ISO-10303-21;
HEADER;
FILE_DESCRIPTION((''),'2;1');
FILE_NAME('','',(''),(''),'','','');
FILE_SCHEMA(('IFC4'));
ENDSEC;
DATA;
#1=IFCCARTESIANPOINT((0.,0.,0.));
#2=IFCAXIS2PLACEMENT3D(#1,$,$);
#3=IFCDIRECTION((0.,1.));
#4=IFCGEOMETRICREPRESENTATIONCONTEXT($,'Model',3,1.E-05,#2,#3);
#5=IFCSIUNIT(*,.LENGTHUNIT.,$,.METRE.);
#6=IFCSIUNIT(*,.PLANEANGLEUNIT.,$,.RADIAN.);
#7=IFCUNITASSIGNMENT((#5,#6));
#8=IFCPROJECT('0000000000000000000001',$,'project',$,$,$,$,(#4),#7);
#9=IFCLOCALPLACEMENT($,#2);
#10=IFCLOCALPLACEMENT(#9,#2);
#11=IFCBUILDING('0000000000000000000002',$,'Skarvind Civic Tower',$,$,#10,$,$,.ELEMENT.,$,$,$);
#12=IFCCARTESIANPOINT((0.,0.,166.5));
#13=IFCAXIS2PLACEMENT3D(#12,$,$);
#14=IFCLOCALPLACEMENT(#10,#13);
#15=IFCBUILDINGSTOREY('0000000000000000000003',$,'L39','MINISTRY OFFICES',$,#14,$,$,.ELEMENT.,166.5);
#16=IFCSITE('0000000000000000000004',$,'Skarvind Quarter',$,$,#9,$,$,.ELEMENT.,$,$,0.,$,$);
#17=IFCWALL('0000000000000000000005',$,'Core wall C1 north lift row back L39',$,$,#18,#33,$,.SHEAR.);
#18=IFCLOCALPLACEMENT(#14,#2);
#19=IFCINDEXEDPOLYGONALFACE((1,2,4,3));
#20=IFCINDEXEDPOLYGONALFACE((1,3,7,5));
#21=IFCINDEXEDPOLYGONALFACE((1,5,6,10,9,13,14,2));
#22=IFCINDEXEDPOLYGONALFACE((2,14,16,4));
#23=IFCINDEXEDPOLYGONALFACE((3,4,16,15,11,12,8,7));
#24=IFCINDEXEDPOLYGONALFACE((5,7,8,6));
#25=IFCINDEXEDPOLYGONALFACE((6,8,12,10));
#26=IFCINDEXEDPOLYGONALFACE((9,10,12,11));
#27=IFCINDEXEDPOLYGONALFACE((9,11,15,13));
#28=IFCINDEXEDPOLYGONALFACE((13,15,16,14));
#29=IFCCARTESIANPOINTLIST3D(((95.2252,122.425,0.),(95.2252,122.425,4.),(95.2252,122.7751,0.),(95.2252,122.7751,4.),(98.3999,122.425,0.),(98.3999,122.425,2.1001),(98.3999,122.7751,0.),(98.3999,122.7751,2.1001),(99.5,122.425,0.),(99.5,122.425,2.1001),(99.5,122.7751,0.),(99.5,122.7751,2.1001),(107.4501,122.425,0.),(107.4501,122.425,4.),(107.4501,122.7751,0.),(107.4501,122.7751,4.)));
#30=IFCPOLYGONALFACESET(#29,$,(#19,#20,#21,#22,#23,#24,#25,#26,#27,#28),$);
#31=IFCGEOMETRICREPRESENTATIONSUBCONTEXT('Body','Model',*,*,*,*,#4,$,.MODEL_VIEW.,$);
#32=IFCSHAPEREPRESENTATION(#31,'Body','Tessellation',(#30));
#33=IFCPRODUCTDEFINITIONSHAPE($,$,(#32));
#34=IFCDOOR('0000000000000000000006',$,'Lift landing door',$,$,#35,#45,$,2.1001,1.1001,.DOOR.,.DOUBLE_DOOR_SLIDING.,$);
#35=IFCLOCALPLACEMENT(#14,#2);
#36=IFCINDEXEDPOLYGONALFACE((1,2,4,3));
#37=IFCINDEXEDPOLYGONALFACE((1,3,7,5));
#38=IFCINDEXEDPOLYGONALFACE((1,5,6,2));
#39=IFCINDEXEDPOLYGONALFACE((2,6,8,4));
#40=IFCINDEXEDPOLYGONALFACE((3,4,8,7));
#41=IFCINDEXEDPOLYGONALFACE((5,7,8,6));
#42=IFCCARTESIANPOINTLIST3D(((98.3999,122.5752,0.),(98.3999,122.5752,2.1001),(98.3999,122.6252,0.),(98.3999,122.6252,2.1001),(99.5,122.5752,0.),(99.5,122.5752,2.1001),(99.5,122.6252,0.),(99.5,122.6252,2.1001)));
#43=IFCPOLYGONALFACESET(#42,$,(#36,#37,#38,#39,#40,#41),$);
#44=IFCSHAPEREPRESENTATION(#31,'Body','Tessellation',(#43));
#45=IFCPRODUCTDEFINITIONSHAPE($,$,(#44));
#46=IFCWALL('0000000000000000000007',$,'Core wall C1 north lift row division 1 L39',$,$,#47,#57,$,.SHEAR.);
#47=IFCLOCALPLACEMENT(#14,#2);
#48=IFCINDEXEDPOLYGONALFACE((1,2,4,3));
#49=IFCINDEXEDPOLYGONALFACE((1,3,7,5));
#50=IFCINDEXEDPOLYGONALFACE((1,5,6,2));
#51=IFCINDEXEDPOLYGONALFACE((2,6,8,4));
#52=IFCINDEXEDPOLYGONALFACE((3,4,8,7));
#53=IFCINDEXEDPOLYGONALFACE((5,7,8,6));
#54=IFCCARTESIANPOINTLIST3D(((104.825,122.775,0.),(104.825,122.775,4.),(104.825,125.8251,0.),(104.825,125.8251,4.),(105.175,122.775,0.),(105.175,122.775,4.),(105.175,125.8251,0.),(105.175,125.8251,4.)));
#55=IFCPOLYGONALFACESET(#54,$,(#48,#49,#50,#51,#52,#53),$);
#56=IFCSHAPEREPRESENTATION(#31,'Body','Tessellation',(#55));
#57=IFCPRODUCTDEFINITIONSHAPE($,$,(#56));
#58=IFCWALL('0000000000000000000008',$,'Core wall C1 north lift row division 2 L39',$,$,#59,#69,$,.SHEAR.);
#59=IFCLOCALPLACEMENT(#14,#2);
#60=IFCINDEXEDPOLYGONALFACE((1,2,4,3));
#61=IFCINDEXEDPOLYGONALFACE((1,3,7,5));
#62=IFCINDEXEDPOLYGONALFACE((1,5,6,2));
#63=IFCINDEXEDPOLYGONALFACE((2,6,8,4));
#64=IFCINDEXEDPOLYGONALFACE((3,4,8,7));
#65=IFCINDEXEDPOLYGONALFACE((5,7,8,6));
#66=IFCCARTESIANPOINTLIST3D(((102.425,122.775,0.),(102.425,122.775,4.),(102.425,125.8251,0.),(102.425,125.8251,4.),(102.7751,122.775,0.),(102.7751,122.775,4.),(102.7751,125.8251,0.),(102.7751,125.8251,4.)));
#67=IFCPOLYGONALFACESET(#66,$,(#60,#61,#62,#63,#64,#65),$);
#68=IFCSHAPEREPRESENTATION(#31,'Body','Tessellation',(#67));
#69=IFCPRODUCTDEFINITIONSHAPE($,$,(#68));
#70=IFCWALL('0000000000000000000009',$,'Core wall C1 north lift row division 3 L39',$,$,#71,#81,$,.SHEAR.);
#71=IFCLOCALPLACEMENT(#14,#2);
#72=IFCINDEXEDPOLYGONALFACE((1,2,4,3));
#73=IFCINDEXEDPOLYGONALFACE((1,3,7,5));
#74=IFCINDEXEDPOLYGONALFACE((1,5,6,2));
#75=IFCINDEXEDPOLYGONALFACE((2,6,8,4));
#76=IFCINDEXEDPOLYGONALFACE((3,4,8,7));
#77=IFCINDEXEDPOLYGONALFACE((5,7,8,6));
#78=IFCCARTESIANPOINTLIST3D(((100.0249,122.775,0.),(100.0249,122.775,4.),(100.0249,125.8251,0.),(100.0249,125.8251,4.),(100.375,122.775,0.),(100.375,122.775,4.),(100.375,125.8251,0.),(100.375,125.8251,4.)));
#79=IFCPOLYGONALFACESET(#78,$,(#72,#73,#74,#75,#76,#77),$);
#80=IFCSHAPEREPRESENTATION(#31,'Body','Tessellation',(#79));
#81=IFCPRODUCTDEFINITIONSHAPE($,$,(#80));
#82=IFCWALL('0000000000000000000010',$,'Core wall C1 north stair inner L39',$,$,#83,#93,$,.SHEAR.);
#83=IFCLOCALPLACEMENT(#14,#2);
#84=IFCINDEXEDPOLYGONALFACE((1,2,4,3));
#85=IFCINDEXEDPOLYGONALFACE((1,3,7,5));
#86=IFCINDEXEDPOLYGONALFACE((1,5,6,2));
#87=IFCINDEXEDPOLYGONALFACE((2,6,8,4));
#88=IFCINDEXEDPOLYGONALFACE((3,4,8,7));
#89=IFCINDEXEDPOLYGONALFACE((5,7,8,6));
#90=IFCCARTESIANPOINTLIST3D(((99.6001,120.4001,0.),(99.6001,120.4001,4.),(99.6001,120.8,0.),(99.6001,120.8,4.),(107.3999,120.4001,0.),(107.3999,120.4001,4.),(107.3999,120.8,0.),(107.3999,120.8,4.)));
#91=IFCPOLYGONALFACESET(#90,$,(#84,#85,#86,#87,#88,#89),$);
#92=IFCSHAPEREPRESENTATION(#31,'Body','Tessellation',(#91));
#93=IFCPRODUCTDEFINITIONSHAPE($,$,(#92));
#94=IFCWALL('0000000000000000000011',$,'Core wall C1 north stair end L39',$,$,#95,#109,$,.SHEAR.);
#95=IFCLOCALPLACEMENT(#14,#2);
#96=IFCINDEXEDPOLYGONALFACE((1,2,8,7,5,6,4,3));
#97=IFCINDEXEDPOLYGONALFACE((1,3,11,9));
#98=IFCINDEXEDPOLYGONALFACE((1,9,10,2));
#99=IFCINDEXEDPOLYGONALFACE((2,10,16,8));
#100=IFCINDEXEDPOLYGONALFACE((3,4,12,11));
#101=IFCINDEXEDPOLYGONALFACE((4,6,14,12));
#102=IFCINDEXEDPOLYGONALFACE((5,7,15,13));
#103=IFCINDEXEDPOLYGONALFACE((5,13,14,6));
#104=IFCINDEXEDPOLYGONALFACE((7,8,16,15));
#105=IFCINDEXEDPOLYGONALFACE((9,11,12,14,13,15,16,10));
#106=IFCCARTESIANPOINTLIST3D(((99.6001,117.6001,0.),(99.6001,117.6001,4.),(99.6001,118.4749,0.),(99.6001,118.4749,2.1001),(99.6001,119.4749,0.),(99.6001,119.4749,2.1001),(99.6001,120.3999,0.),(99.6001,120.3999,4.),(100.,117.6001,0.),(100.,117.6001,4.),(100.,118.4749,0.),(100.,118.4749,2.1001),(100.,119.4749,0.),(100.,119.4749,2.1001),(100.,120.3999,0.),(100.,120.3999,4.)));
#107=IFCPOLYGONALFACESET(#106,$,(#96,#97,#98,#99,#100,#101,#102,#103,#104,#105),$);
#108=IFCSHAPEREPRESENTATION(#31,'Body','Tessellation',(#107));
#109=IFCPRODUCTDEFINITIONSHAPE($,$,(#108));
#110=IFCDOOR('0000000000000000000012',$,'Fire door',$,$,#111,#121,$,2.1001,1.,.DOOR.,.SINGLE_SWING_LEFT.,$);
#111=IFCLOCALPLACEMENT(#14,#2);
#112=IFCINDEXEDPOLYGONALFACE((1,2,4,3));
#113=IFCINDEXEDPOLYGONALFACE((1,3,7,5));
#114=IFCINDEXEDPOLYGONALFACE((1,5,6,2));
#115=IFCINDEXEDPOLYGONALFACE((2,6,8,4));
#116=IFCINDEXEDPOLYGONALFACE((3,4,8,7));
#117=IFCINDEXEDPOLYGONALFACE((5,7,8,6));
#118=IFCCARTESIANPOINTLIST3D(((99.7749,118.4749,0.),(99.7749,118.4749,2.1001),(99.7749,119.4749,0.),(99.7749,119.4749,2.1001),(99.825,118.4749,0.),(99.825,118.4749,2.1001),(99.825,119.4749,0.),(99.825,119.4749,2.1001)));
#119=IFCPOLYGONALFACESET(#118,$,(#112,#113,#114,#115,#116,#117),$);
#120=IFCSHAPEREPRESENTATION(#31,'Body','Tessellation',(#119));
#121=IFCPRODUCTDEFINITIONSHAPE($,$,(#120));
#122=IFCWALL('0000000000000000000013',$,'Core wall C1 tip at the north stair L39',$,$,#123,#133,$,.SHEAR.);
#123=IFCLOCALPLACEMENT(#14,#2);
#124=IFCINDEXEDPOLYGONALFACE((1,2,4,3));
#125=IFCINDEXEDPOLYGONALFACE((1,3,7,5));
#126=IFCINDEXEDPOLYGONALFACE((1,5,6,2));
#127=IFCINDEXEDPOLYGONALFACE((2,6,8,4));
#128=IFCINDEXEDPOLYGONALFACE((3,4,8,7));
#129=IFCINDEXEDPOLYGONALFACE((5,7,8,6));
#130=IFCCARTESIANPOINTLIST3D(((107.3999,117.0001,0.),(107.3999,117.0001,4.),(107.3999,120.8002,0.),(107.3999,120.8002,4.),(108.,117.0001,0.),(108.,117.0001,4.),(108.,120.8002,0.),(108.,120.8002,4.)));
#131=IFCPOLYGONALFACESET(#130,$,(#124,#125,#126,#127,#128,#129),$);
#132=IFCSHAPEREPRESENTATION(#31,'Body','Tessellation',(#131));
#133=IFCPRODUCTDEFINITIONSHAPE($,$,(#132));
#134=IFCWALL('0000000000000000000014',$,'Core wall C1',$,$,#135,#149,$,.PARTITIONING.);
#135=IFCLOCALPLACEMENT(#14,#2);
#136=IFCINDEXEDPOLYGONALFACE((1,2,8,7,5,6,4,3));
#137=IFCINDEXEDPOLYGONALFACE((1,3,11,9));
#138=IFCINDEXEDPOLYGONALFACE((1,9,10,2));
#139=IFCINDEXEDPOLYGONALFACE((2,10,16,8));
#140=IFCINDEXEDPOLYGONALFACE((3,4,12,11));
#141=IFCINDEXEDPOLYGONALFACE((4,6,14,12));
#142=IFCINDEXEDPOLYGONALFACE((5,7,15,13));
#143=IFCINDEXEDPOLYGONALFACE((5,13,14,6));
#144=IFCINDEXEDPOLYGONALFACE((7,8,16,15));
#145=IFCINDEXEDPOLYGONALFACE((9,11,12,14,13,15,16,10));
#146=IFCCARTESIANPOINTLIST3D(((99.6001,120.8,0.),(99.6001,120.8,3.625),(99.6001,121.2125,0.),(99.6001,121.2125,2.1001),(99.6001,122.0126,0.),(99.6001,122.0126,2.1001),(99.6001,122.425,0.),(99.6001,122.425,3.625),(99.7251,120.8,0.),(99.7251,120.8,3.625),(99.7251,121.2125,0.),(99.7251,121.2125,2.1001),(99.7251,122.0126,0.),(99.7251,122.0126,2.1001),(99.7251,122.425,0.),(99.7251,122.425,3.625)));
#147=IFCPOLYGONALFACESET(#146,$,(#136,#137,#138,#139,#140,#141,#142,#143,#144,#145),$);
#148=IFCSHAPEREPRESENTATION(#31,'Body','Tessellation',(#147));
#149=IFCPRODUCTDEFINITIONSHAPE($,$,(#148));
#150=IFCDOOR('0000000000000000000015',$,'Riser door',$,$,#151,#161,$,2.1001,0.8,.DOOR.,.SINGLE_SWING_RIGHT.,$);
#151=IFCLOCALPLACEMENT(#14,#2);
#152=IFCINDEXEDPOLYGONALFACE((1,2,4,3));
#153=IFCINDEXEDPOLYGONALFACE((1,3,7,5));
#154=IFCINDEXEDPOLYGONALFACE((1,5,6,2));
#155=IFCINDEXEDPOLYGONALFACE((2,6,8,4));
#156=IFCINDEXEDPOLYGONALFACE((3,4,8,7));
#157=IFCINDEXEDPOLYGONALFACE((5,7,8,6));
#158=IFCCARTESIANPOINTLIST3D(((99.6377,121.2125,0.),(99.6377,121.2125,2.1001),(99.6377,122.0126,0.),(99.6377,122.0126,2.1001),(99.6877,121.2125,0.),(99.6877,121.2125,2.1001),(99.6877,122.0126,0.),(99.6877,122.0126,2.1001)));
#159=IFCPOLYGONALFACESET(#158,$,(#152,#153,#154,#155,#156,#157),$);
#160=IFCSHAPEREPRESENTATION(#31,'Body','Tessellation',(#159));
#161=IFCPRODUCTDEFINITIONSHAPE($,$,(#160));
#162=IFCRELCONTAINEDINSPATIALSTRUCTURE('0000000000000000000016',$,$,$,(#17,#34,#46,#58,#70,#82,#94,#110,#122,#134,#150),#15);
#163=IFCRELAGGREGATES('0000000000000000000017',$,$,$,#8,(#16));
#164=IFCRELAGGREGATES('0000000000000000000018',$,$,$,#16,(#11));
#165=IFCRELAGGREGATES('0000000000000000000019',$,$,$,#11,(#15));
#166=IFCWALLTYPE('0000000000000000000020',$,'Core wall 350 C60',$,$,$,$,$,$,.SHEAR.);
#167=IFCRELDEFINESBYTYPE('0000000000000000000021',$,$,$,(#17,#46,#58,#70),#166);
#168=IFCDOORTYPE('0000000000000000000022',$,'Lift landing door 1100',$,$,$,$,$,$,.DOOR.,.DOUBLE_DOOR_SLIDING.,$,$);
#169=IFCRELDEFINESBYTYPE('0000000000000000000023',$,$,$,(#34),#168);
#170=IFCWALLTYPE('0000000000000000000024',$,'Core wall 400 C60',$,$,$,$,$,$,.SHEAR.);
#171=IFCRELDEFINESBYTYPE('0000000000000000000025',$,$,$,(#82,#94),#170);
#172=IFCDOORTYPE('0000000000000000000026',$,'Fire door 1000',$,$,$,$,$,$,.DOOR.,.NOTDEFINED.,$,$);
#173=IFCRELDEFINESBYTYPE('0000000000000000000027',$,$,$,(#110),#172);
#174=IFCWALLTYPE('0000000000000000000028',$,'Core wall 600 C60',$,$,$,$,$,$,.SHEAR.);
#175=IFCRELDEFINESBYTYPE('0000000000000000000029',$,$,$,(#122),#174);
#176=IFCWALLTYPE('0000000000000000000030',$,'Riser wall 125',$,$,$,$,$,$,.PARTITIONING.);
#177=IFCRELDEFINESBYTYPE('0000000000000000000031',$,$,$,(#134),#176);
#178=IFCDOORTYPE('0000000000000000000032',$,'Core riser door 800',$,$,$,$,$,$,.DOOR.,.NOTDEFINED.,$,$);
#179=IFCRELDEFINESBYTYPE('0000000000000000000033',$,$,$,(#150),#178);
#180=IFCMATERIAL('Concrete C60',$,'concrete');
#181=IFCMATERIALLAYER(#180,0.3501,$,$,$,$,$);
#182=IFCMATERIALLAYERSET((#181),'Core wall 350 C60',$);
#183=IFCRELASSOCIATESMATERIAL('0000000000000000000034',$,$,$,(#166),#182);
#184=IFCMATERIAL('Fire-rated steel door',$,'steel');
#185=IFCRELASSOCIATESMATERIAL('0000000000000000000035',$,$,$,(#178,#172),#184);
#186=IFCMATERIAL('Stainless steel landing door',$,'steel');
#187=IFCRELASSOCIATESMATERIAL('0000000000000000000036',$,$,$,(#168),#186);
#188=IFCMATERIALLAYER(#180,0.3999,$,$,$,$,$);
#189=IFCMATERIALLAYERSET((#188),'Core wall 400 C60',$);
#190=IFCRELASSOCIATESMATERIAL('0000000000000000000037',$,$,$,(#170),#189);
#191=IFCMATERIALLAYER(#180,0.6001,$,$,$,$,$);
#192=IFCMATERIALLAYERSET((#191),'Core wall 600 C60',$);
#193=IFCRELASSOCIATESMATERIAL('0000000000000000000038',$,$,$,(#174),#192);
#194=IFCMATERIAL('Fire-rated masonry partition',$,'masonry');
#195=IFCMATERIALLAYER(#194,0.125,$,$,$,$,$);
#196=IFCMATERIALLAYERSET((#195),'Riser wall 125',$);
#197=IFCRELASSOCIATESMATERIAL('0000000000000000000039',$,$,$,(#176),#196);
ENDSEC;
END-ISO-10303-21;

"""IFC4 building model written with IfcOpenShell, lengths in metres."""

from ifc_helpers import new_model, si_unit, direction, frame, frame_2d, origin, place, context, subcontext, project, spatial, rectangle, extrude, material, layer, layer_set, type_object, element, fill, save


model = new_model("IFC4")

# Units and contexts
model_context = context("Model", 3, precision=1e-05, world=origin(), true_north=direction((0.0, 1.0)))
body_context = subcontext(model_context, "Body", "Model", "MODEL_VIEW")
ifc_project = project(units=[si_unit("LENGTHUNIT", "METRE"), si_unit("PLANEANGLEUNIT", "RADIAN")], contexts=[model_context])

# Site, building, storey
site_placement = place(None, origin())
site = spatial("IfcSite", under=ifc_project, at=site_placement, Name="Skarvind Quarter", CompositionType="ELEMENT", RefElevation=0.0)
building_placement = place(site_placement, origin())
building = spatial("IfcBuilding", under=site, at=building_placement, Name="Skarvind Civic Tower", CompositionType="ELEMENT")
storey_placement = place(building_placement, frame((0.0, 0.0, 166.5)))
storey = spatial("IfcBuildingStorey", under=building, at=storey_placement, Name="L39", Description="MINISTRY OFFICES", CompositionType="ELEMENT", Elevation=166.5)

# Shared definitions
ifc_material_1 = material(Name="Concrete C60", Category="concrete")
ifc_layer_1 = layer(ifc_material_1, 0.3501)
ifc_layer_set_1 = layer_set([ifc_layer_1], Name="Core wall 350 C60")
wall_type_1 = type_object("IfcWallType", Name="Core wall 350 C60", PredefinedType="SHEAR", material=ifc_layer_set_1)
ifc_material_2 = material(Name="Fire-rated steel door", Category="steel")
door_type_1 = type_object("IfcDoorType", Name="Core riser door 800", OperationType="NOTDEFINED", PredefinedType="DOOR", material=ifc_material_2)

# Shared definitions
ifc_material_3 = material(Name="Stainless steel landing door", Category="steel")
door_type_2 = type_object("IfcDoorType", Name="Lift landing door 1100", OperationType="DOUBLE_DOOR_SLIDING", PredefinedType="DOOR", material=ifc_material_3)

# Wall, opening, door
wall_1_placement = place(storey_placement, frame((107.45, 122.6001, 0.0), z_axis=(0.0, 0.0, 1.0), x_axis=(-1.0, 0.0, 0.0)))
wall_1 = element("IfcWall", 1, at=wall_1_placement, inside=storey, type_object=wall_type_1, Name="Core wall C1 north lift row back L39", PredefinedType="SHEAR", context=body_context, shape_type="SweptSolid", body=[
    extrude(rectangle(XDim=12.2249, YDim=0.3501, at=frame_2d((6.1123, 0.0))), origin(), (0.0, 0.0, 1.0), 4.0),
])
opening_1_placement = place(wall_1_placement, frame((7.95, 0.0, 0.0)))
opening_1 = element("IfcOpeningElement", 2, at=opening_1_placement, cuts=wall_1, PredefinedType="OPENING", context=body_context, shape_type="SweptSolid", body=[
    extrude(rectangle(XDim=1.1001, YDim=2.1001, at=frame_2d((0.55, 1.05))), frame((0.0, 0.1851, 0.0), z_axis=(0.0, -1.0, 0.0), x_axis=(1.0, 0.0, 0.0)), (0.0, 0.0, 1.0), 0.3701),
])
door_1_placement = place(opening_1_placement, origin())
door_1 = element("IfcDoor", 3, at=door_1_placement, inside=storey, type_object=door_type_2, Name="Lift landing door", OperationType="DOUBLE_DOOR_SLIDING", OverallHeight=2.1001, OverallWidth=1.1001, PredefinedType="DOOR", context=body_context, shape_type="SweptSolid", body=[
    extrude(rectangle(XDim=1.1001, YDim=2.1001, at=frame_2d((0.55, 1.05))), frame((0.0, 0.0249, 0.0), z_axis=(0.0, -1.0, 0.0), x_axis=(1.0, 0.0, 0.0)), (0.0, 0.0, 1.0), 0.05),
])
fill(opening_1, door_1)

# Walls
for number, where, z_axis, x_axis, name in (
    (4, (105.0, 125.825, 0.0), (0.0, 0.0, 1.0), (0.0, -1.0, 0.0), "Core wall C1 north lift row division 1 L39"),
    (5, (102.6001, 125.825, 0.0), (0.0, 0.0, 1.0), (0.0, -1.0, 0.0), "Core wall C1 north lift row division 2 L39"),
    (6, (100.2, 125.825, 0.0), (0.0, 0.0, 1.0), (0.0, -1.0, 0.0), "Core wall C1 north lift row division 3 L39"),
):
    element("IfcWall", number, at=place(storey_placement, frame(where, z_axis=z_axis, x_axis=x_axis)), inside=storey, type_object=wall_type_1, Name=name, PredefinedType="SHEAR", context=body_context, shape_type="SweptSolid", body=[
        extrude(rectangle(XDim=3.05, YDim=0.3501, at=frame_2d((1.5249, 0.0))), origin(), (0.0, 0.0, 1.0), 4.0),
    ])
ifc_layer_2 = layer(ifc_material_1, 0.3999)
ifc_layer_set_2 = layer_set([ifc_layer_2], Name="Core wall 400 C60")
wall_type_2 = type_object("IfcWallType", Name="Core wall 400 C60", PredefinedType="SHEAR", material=ifc_layer_set_2)
wall_2_placement = place(storey_placement, frame((107.3999, 120.6001, 0.0), z_axis=(0.0, 0.0, 1.0), x_axis=(-1.0, 0.0, 0.0)))
element("IfcWall", 7, at=wall_2_placement, inside=storey, type_object=wall_type_2, Name="Core wall C1 north stair inner L39", PredefinedType="SHEAR", context=body_context, shape_type="SweptSolid", body=[
    extrude(rectangle(XDim=7.7998, YDim=0.3999, at=frame_2d((3.8999, 0.0))), origin(), (0.0, 0.0, 1.0), 4.0),
])

# Wall, opening, door
wall_3_placement = place(storey_placement, frame((99.8, 120.3999, 0.0), z_axis=(0.0, 0.0, 1.0), x_axis=(0.0, -1.0, 0.0)))
wall_3 = element("IfcWall", 8, at=wall_3_placement, inside=storey, type_object=wall_type_2, Name="Core wall C1 north stair end L39", PredefinedType="SHEAR", context=body_context, shape_type="SweptSolid", body=[
    extrude(rectangle(XDim=2.7998, YDim=0.3999, at=frame_2d((1.3999, 0.0))), origin(), (0.0, 0.0, 1.0), 4.0),
])
opening_2_placement = place(wall_3_placement, frame((0.925, 0.0, 0.0)))
opening_2 = element("IfcOpeningElement", 9, at=opening_2_placement, cuts=wall_3, PredefinedType="OPENING", context=body_context, shape_type="SweptSolid", body=[
    extrude(rectangle(XDim=1.0, YDim=2.1001, at=frame_2d((0.5, 1.05))), frame((0.0, 0.21, 0.0), z_axis=(0.0, -1.0, 0.0), x_axis=(1.0, 0.0, 0.0)), (0.0, 0.0, 1.0), 0.4199),
])
door_type_3 = type_object("IfcDoorType", Name="Fire door 1000", OperationType="NOTDEFINED", PredefinedType="DOOR", material=ifc_material_2)
door_2_placement = place(opening_2_placement, origin())
door_2 = element("IfcDoor", 10, at=door_2_placement, inside=storey, type_object=door_type_3, Name="Fire door", OperationType="SINGLE_SWING_LEFT", OverallHeight=2.1001, OverallWidth=1.0, PredefinedType="DOOR", context=body_context, shape_type="SweptSolid", body=[
    extrude(rectangle(XDim=1.0, YDim=2.1001, at=frame_2d((0.5, 1.05))), frame((0.0, 0.0249, 0.0), z_axis=(0.0, -1.0, 0.0), x_axis=(1.0, 0.0, 0.0)), (0.0, 0.0, 1.0), 0.05),
])
fill(opening_2, door_2)

# Wall
ifc_layer_3 = layer(ifc_material_1, 0.6001)
ifc_layer_set_3 = layer_set([ifc_layer_3], Name="Core wall 600 C60")
wall_type_3 = type_object("IfcWallType", Name="Core wall 600 C60", PredefinedType="SHEAR", material=ifc_layer_set_3)
wall_4_placement = place(storey_placement, frame((107.7, 120.8, 0.0), z_axis=(0.0, 0.0, 1.0), x_axis=(0.0, -1.0, 0.0)))
element("IfcWall", 11, at=wall_4_placement, inside=storey, type_object=wall_type_3, Name="Core wall C1 tip at the north stair L39", PredefinedType="SHEAR", context=body_context, shape_type="SweptSolid", body=[
    extrude(rectangle(XDim=3.8, YDim=0.6001, at=frame_2d((1.8999, 0.0))), origin(), (0.0, 0.0, 1.0), 4.0),
])

# Wall, opening, door
ifc_material_4 = material(Name="Fire-rated masonry partition", Category="masonry")
ifc_layer_4 = layer(ifc_material_4, 0.125)
ifc_layer_set_4 = layer_set([ifc_layer_4], Name="Riser wall 125")
wall_type_4 = type_object("IfcWallType", Name="Riser wall 125", PredefinedType="PARTITIONING", material=ifc_layer_set_4)
wall_5_placement = place(storey_placement, frame((99.6626, 120.8, 0.0), z_axis=(0.0, 0.0, 1.0), x_axis=(0.0, 1.0, 0.0)))
wall_5 = element("IfcWall", 12, at=wall_5_placement, inside=storey, type_object=wall_type_4, Name="Core wall C1", PredefinedType="PARTITIONING", context=body_context, shape_type="SweptSolid", body=[
    extrude(rectangle(XDim=1.625, YDim=0.125, at=frame_2d((0.8125, 0.0))), origin(), (0.0, 0.0, 1.0), 3.625),
])
opening_3_placement = place(wall_5_placement, frame((0.4126, 0.0, 0.0)))
opening_3 = element("IfcOpeningElement", 13, at=opening_3_placement, cuts=wall_5, PredefinedType="OPENING", context=body_context, shape_type="SweptSolid", body=[
    extrude(rectangle(XDim=0.8, YDim=2.1001, at=frame_2d((0.3999, 1.05))), frame((0.0, 0.0725, 0.0), z_axis=(0.0, -1.0, 0.0), x_axis=(1.0, 0.0, 0.0)), (0.0, 0.0, 1.0), 0.145),
])
door_3_placement = place(opening_3_placement, origin())
door_3 = element("IfcDoor", 14, at=door_3_placement, inside=storey, type_object=door_type_1, Name="Riser door", OperationType="SINGLE_SWING_RIGHT", OverallHeight=2.1001, OverallWidth=0.8, PredefinedType="DOOR", context=body_context, shape_type="SweptSolid", body=[
    extrude(rectangle(XDim=0.8, YDim=2.1001, at=frame_2d((0.3999, 1.05))), frame((0.0, 0.0249, 0.0), z_axis=(0.0, -1.0, 0.0), x_axis=(1.0, 0.0, 0.0)), (0.0, 0.0, 1.0), 0.05),
])
fill(opening_3, door_3)

save(model, "model.ifc")
